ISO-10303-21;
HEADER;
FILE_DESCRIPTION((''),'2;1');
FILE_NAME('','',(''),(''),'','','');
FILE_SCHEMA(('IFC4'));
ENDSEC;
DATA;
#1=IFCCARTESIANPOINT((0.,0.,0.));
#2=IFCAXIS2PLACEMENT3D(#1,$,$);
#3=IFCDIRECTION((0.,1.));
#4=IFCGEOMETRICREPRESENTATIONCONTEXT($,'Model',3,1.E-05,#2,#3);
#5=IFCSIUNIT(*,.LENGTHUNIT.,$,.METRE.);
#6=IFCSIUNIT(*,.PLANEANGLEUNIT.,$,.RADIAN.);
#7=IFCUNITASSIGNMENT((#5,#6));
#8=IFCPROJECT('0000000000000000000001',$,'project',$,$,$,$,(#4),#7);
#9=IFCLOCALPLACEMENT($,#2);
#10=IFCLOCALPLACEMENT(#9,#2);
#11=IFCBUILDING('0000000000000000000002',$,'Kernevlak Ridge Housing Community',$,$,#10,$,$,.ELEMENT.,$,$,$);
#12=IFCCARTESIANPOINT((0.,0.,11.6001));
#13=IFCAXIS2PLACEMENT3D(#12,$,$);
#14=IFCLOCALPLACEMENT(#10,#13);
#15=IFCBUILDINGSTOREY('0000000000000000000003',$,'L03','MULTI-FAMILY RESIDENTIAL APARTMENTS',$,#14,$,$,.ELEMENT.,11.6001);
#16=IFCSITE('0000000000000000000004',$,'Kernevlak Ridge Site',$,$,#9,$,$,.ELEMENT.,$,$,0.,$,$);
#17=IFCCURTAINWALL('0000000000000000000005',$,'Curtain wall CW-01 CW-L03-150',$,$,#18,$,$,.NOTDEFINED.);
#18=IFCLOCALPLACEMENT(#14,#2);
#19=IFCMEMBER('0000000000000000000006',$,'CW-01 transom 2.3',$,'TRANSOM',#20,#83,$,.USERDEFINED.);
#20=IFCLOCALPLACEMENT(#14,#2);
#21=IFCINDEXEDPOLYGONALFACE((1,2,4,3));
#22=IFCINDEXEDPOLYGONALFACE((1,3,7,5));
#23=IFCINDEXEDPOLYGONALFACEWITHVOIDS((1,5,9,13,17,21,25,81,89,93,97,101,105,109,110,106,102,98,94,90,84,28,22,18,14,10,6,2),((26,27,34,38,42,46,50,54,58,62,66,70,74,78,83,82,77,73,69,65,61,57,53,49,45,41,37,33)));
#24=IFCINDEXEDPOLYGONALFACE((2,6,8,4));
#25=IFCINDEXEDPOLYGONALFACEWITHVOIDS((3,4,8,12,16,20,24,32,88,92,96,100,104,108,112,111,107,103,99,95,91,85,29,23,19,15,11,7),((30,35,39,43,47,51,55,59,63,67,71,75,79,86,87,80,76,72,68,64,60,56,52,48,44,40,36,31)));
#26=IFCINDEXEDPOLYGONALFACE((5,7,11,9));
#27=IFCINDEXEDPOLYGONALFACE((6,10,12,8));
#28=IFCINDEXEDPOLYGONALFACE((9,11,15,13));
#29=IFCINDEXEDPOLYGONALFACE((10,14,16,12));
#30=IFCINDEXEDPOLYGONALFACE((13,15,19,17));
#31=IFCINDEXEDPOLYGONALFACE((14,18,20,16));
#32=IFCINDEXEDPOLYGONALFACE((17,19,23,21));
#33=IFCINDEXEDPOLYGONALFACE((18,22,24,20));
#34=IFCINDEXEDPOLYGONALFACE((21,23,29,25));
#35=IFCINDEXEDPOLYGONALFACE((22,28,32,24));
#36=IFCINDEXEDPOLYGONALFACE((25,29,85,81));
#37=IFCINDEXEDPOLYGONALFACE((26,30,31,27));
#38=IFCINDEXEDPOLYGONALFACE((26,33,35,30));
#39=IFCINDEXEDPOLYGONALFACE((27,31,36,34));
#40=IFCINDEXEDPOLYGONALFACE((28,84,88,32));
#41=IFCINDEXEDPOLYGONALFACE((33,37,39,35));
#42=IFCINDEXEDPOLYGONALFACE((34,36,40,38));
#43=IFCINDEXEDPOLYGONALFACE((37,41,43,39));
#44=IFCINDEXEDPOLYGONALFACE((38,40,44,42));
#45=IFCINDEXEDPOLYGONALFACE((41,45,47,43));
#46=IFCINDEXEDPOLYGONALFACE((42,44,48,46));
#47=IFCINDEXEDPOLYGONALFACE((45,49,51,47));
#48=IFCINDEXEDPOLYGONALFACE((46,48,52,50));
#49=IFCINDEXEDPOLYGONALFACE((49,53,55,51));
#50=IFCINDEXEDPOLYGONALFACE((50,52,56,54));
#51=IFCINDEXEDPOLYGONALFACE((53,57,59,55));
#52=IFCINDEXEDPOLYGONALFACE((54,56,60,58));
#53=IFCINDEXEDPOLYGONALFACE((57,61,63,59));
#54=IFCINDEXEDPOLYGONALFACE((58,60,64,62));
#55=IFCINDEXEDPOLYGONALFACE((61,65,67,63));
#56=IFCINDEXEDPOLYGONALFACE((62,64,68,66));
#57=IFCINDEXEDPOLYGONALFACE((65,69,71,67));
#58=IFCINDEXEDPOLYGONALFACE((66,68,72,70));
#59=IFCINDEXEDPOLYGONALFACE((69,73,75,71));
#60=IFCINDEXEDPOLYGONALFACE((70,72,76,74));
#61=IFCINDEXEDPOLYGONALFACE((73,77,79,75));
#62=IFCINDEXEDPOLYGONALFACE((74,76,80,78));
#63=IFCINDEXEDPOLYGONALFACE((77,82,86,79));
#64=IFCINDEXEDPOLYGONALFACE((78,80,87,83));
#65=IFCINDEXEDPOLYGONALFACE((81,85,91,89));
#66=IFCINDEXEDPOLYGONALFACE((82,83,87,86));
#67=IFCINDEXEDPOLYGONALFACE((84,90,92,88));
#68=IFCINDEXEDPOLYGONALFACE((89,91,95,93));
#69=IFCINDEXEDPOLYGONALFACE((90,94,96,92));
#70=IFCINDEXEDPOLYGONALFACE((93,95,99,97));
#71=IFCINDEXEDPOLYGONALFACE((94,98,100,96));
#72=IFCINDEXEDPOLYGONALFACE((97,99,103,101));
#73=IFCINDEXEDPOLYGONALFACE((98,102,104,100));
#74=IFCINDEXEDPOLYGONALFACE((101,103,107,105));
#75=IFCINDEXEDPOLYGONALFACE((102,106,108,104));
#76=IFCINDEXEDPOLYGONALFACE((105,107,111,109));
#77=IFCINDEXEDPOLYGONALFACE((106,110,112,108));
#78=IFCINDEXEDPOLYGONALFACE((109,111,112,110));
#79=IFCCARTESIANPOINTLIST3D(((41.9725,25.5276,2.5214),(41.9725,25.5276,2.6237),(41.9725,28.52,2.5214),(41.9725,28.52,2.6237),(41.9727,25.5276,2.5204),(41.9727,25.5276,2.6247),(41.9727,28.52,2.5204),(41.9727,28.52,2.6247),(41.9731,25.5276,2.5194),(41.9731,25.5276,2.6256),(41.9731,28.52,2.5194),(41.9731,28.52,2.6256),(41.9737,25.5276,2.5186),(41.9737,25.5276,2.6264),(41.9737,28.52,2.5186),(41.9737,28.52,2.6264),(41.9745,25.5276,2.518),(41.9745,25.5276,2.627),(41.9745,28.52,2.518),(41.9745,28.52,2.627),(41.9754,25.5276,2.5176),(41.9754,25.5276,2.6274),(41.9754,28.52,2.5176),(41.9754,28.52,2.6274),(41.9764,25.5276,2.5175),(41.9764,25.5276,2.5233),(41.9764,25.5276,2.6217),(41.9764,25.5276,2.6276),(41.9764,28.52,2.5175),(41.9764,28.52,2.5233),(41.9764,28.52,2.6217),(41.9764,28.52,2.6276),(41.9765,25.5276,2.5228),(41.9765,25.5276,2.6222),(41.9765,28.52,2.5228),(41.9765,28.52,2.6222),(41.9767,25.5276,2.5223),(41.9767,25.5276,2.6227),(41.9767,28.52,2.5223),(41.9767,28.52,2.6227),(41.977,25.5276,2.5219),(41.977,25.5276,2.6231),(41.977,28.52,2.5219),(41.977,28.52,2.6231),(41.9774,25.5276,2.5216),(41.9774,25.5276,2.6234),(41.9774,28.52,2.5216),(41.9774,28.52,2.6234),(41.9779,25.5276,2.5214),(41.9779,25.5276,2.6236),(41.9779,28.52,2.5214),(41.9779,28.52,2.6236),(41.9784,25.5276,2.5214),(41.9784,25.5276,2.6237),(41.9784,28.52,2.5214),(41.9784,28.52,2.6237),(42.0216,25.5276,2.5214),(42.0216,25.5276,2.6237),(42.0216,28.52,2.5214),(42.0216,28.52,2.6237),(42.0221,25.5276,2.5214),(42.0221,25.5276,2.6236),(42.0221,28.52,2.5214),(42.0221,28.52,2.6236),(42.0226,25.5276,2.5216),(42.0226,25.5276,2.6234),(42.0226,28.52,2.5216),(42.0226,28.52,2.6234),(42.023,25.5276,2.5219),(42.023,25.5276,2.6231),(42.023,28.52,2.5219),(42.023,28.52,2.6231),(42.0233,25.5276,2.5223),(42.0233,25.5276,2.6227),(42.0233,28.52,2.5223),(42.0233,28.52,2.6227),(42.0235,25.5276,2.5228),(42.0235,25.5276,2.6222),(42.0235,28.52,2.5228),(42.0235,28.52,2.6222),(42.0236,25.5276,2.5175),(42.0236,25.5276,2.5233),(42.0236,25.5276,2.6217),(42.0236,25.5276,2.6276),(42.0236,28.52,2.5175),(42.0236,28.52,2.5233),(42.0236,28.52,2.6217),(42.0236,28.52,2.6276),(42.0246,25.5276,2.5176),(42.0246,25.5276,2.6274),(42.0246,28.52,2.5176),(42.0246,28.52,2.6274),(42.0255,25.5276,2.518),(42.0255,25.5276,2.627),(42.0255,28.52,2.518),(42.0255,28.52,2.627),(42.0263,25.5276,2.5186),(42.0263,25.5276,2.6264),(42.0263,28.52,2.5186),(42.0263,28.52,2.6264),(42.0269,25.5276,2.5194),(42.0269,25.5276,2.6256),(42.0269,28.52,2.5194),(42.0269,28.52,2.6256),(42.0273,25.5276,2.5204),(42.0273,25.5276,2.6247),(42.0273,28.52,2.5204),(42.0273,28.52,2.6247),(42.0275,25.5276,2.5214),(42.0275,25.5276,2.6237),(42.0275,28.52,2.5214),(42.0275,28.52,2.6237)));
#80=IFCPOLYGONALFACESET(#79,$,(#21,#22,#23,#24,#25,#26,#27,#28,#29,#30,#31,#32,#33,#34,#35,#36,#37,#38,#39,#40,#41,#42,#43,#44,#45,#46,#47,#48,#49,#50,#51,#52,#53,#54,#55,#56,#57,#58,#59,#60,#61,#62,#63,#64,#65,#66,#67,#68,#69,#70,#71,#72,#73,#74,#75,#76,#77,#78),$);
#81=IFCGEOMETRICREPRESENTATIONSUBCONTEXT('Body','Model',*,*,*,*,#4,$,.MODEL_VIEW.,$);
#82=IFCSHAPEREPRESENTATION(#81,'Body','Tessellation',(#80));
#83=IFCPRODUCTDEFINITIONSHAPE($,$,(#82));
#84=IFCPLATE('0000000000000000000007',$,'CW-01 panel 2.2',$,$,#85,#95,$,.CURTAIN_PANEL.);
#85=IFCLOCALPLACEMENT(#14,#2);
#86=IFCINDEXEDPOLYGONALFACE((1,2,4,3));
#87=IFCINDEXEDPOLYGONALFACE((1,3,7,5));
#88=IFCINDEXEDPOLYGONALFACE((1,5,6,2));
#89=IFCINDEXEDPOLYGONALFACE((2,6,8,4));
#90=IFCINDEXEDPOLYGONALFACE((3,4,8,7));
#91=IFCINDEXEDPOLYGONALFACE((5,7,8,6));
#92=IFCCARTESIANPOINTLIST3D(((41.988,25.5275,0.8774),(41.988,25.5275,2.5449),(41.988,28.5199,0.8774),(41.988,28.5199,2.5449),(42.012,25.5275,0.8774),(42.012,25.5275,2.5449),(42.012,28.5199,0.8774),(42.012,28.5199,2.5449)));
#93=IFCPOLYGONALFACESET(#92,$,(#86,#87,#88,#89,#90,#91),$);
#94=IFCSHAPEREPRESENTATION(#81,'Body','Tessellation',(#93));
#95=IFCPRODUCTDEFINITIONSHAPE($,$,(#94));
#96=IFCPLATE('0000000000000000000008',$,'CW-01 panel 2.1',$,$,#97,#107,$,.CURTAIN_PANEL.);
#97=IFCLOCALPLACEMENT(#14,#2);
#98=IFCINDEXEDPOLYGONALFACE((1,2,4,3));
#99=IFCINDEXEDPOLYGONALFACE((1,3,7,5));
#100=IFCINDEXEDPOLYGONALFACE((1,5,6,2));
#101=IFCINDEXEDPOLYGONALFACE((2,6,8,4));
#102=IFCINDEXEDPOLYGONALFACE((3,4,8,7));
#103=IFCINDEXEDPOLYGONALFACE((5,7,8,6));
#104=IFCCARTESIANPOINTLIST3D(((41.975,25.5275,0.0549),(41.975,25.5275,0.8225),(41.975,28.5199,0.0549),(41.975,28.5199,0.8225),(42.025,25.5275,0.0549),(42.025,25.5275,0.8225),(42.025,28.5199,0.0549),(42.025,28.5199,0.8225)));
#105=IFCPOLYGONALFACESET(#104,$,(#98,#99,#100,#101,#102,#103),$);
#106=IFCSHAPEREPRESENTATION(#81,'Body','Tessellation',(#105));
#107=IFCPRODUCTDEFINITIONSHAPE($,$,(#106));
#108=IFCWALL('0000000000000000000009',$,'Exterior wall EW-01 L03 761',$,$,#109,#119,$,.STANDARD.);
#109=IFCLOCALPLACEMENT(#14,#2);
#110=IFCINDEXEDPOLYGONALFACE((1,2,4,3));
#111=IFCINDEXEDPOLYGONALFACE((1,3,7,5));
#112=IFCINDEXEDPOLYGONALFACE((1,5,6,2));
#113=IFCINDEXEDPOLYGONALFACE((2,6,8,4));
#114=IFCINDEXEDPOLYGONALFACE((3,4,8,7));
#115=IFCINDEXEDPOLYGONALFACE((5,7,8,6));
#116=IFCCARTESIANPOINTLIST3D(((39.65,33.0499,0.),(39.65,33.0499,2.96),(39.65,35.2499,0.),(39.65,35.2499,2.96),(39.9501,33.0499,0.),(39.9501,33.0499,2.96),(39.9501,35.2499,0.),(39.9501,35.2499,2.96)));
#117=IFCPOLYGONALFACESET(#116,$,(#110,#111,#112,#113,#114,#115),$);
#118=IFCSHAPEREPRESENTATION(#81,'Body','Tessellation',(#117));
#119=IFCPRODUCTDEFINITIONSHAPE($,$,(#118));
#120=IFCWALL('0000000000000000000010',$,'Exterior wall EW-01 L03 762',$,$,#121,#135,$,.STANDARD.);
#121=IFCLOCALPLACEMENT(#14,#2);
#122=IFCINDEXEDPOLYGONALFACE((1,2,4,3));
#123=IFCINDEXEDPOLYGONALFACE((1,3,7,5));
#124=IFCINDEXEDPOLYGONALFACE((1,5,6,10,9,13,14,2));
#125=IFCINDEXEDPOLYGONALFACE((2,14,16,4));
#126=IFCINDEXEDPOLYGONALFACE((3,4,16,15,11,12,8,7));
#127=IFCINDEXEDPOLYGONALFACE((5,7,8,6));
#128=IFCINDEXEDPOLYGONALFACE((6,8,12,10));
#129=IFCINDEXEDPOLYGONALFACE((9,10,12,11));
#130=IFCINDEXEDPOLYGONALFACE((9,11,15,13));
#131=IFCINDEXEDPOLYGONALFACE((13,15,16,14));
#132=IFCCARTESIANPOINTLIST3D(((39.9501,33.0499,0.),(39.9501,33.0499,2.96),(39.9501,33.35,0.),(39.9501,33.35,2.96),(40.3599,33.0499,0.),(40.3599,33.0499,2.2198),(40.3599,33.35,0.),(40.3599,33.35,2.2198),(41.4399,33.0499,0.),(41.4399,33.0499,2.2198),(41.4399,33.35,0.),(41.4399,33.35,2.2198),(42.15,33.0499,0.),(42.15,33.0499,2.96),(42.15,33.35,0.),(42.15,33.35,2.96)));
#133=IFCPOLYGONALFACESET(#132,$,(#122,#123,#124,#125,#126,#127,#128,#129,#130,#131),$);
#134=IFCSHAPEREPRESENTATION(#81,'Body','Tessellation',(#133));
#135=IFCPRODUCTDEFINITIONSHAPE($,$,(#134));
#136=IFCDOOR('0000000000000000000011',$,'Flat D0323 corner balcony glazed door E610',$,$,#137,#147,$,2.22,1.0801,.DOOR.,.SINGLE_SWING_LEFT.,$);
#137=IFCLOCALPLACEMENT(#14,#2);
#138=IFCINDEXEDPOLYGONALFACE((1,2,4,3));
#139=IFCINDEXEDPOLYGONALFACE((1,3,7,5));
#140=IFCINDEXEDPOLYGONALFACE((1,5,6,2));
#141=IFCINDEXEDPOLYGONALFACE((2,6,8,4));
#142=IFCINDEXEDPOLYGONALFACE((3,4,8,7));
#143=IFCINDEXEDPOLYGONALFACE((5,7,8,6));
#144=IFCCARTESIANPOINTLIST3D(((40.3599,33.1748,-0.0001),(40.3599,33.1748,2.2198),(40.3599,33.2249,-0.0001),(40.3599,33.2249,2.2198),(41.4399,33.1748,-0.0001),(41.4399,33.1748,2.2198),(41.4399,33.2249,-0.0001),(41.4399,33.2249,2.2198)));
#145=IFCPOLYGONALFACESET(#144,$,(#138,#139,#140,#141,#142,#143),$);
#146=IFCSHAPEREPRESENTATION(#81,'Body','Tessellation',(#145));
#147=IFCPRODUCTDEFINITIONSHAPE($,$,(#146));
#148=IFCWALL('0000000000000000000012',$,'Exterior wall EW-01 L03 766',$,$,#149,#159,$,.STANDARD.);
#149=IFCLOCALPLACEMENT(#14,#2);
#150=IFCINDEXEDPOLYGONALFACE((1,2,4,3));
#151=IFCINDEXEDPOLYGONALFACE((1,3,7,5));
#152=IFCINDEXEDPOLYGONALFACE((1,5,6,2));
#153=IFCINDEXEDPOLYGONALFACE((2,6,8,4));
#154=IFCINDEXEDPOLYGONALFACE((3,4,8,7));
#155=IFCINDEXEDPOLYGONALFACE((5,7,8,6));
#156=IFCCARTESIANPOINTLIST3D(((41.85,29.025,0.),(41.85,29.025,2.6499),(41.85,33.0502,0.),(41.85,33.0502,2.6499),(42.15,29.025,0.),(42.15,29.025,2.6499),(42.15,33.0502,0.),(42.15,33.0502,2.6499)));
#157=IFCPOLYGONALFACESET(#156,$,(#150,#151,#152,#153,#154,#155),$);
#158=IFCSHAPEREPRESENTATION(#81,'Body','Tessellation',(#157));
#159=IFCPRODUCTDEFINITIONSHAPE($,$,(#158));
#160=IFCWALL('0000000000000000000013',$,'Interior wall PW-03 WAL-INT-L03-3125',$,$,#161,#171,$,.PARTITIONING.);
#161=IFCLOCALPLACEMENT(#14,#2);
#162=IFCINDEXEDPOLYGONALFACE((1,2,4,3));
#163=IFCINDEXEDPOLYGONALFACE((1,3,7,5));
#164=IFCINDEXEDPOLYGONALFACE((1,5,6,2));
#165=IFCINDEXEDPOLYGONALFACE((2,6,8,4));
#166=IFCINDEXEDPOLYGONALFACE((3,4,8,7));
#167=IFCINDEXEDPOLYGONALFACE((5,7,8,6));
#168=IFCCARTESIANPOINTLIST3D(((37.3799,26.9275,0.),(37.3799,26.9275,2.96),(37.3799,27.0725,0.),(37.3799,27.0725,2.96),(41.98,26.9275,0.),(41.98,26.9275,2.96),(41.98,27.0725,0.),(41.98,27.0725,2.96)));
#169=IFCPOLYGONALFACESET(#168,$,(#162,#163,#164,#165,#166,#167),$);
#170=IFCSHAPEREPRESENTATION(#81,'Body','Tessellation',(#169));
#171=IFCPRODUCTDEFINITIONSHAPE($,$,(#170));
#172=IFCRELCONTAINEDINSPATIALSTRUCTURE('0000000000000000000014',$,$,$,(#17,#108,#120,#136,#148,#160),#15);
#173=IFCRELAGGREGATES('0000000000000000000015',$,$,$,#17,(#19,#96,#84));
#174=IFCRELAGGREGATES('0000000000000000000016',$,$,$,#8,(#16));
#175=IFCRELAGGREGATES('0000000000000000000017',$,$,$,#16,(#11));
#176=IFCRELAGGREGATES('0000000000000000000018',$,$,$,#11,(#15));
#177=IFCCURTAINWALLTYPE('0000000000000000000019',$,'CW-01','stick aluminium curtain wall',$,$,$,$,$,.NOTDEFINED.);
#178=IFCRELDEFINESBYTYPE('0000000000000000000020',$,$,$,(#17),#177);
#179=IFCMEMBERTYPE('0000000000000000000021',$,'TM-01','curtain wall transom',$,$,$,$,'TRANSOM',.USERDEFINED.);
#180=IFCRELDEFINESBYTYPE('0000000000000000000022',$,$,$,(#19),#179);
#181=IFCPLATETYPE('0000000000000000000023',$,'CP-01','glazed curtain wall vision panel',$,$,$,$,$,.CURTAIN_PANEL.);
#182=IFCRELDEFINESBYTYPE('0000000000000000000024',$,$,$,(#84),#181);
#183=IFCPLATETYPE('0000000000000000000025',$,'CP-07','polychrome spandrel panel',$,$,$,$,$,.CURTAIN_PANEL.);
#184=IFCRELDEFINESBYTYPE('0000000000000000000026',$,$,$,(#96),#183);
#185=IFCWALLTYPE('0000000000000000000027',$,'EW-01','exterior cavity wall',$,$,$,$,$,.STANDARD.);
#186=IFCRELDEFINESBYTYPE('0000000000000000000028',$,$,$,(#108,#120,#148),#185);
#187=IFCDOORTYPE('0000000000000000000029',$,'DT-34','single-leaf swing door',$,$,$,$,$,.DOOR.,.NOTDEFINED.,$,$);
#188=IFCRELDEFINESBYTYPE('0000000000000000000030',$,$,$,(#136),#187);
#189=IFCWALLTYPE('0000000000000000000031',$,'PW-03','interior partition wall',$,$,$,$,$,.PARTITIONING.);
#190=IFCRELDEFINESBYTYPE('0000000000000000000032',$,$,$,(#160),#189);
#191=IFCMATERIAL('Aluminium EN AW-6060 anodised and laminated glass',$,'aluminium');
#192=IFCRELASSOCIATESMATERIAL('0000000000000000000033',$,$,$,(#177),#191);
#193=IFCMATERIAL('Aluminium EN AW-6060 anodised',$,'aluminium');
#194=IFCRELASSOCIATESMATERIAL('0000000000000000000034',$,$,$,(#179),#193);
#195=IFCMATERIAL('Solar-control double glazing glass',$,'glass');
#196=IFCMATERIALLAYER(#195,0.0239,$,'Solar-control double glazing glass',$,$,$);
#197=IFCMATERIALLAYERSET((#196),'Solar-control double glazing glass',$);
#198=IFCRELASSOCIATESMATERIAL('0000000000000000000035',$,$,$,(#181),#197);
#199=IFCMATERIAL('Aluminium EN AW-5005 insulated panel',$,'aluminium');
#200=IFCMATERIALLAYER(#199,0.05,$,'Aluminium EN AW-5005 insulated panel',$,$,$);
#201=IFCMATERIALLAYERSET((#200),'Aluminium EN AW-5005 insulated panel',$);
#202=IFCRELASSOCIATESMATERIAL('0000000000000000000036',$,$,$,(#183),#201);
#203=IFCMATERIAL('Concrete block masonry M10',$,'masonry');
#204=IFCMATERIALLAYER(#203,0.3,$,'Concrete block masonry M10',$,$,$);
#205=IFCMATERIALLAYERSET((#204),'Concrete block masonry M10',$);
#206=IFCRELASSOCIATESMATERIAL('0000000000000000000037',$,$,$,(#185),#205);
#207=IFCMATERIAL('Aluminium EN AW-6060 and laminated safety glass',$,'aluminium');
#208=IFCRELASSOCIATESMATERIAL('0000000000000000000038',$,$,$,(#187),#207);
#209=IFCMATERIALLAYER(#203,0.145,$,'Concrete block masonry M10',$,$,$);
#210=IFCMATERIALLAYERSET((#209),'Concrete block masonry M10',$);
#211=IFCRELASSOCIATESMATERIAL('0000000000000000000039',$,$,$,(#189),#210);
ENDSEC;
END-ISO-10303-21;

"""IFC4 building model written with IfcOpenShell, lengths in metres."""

from ifc_helpers import new_model, si_unit, direction, frame, frame_2d, origin, origin_2d, place, context, subcontext, project, spatial, rectangle, hollow_rectangle, extrude, material, layer, layer_set, material_profile, profile_set, type_object, element, fill, aggregate, save


model = new_model("IFC4")

# Units and contexts
model_context = context("Model", 3, precision=1e-05, world=origin(), true_north=direction((0.0, 1.0)))
body_context = subcontext(model_context, "Body", "Model", "MODEL_VIEW")
ifc_project = project(units=[si_unit("LENGTHUNIT", "METRE"), si_unit("PLANEANGLEUNIT", "RADIAN")], contexts=[model_context])

# Site, building, storey
site_placement = place(None, origin())
site = spatial("IfcSite", under=ifc_project, at=site_placement, Name="Kernevlak Ridge Site", CompositionType="ELEMENT", RefElevation=0.0)
building_placement = place(site_placement, origin())
building = spatial("IfcBuilding", under=site, at=building_placement, Name="Kernevlak Ridge Housing Community", CompositionType="ELEMENT")
storey_placement = place(building_placement, frame((0.0, 0.0, 11.6001)))
storey = spatial("IfcBuildingStorey", under=building, at=storey_placement, Name="L03", Description="MULTI-FAMILY RESIDENTIAL APARTMENTS", CompositionType="ELEMENT", Elevation=11.6001)

# Curtain wall
ifc_material_1 = material(Name="Aluminium EN AW-6060 anodised and laminated glass", Category="aluminium")
curtain_wall_type = type_object("IfcCurtainWallType", Name="CW-01", Description="stick aluminium curtain wall", PredefinedType="NOTDEFINED", material=ifc_material_1)
curtain_wall_placement = place(storey_placement, origin())
curtain_wall = element("IfcCurtainWall", 1, at=curtain_wall_placement, inside=storey, type_object=curtain_wall_type, Name="Curtain wall CW-01 CW-L03-150", PredefinedType="NOTDEFINED")
ifc_material_2 = material(Name="Aluminium EN AW-6060 anodised", Category="aluminium")

# Member
ifc_material_profile_1 = material_profile(ifc_material_2, hollow_rectangle(XDim=0.0549, YDim=0.1101, WallThickness=0.0039, InnerFilletRadius=0.002, OuterFilletRadius=0.0039, at=origin_2d()), Name="ALU 55x110x4")
ifc_profile_set_1 = profile_set([ifc_material_profile_1], Name="Aluminium EN AW-6060 anodised")
member_type_1 = type_object("IfcMemberType", Name="TM-01", Description="curtain wall transom", ElementType="TRANSOM", PredefinedType="USERDEFINED", material=ifc_profile_set_1)
member_1_placement = place(storey_placement, frame((42.0, 25.5276, 2.5725), z_axis=(0.0, 1.0, 0.0), x_axis=(-1.0, 0.0, 0.0)))
member_1 = element("IfcMember", 2, at=member_1_placement, type_object=member_type_1, Name="CW-01 transom 2.3", ObjectType="TRANSOM", PredefinedType="USERDEFINED", context=body_context, shape_type="SweptSolid", body=[
    extrude(hollow_rectangle(XDim=0.0549, YDim=0.1101, WallThickness=0.0039, InnerFilletRadius=0.002, OuterFilletRadius=0.0039, at=origin_2d()), origin(), (0.0, 0.0, 1.0), 2.9924),
])

# Plates
ifc_material_3 = material(Name="Solar-control double glazing glass", Category="glass")
ifc_layer_1 = layer(ifc_material_3, 0.0239, Name="Solar-control double glazing glass")
ifc_layer_set_1 = layer_set([ifc_layer_1], Name="Solar-control double glazing glass")
plate_type_1 = type_object("IfcPlateType", Name="CP-01", Description="glazed curtain wall vision panel", PredefinedType="CURTAIN_PANEL", material=ifc_layer_set_1)
plate_1_placement = place(storey_placement, frame((42.0, 27.0237, 0.8774), z_axis=(0.0, 0.0, 1.0), x_axis=(0.0, 1.0, 0.0)))
plate_1 = element("IfcPlate", 3, at=plate_1_placement, type_object=plate_type_1, Name="CW-01 panel 2.2", PredefinedType="CURTAIN_PANEL", context=body_context, shape_type="SweptSolid", body=[
    extrude(rectangle(XDim=2.9924, YDim=0.0239, at=origin_2d()), origin(), (0.0, 0.0, 1.0), 1.6675),
])
ifc_material_4 = material(Name="Aluminium EN AW-5005 insulated panel", Category="aluminium")
ifc_layer_2 = layer(ifc_material_4, 0.05, Name="Aluminium EN AW-5005 insulated panel")
ifc_layer_set_2 = layer_set([ifc_layer_2], Name="Aluminium EN AW-5005 insulated panel")
plate_type_2 = type_object("IfcPlateType", Name="CP-07", Description="polychrome spandrel panel", PredefinedType="CURTAIN_PANEL", material=ifc_layer_set_2)
plate_2_placement = place(storey_placement, frame((42.0, 27.0237, 0.0549), z_axis=(0.0, 0.0, 1.0), x_axis=(0.0, 1.0, 0.0)))
plate_2 = element("IfcPlate", 4, at=plate_2_placement, type_object=plate_type_2, Name="CW-01 panel 2.1", PredefinedType="CURTAIN_PANEL", context=body_context, shape_type="SweptSolid", body=[
    extrude(rectangle(XDim=2.9924, YDim=0.05, at=origin_2d()), origin(), (0.0, 0.0, 1.0), 0.7676),
])
aggregate(curtain_wall, [member_1, plate_2, plate_1])

# Wall
ifc_material_5 = material(Name="Concrete block masonry M10", Category="masonry")
ifc_layer_3 = layer(ifc_material_5, 0.3, Name="Concrete block masonry M10")
ifc_layer_set_3 = layer_set([ifc_layer_3], Name="Concrete block masonry M10")
wall_type_1 = type_object("IfcWallType", Name="EW-01", Description="exterior cavity wall", PredefinedType="STANDARD", material=ifc_layer_set_3)
wall_1_placement = place(storey_placement, frame((39.8, 35.25, 0.0), z_axis=(0.0, 0.0, 1.0), x_axis=(0.0, -1.0, 0.0)))
element("IfcWall", 5, at=wall_1_placement, inside=storey, type_object=wall_type_1, Name="Exterior wall EW-01 L03 761", PredefinedType="STANDARD", context=body_context, shape_type="SweptSolid", body=[
    extrude(rectangle(XDim=2.2, YDim=0.3, at=frame_2d((1.1001, 0.0))), origin(), (0.0, 0.0, 1.0), 2.96),
])

# Wall, opening, door
wall_2_placement = place(storey_placement, frame((39.95, 33.2, 0.0), z_axis=(0.0, 0.0, 1.0), x_axis=(1.0, 0.0, 0.0)))
wall_2 = element("IfcWall", 6, at=wall_2_placement, inside=storey, type_object=wall_type_1, Name="Exterior wall EW-01 L03 762", PredefinedType="STANDARD", context=body_context, shape_type="SweptSolid", body=[
    extrude(rectangle(XDim=2.2, YDim=0.3, at=frame_2d((1.1001, 0.0))), origin(), (0.0, 0.0, 1.0), 2.96),
])
opening_1_placement = place(wall_2_placement, frame((0.4099, 0.0, 0.0)))
opening_1 = element("IfcOpeningElement", 7, at=opening_1_placement, cuts=wall_2, PredefinedType="OPENING", context=body_context, shape_type="SweptSolid", body=[
    extrude(rectangle(XDim=1.0801, YDim=2.22, at=frame_2d((0.54, 1.1099))), frame((0.0, 0.1599, 0.0), z_axis=(0.0, -1.0, 0.0), x_axis=(1.0, 0.0, 0.0)), (0.0, 0.0, 1.0), 0.3201),
])
ifc_material_6 = material(Name="Aluminium EN AW-6060 and laminated safety glass", Category="aluminium")
door_type_1 = type_object("IfcDoorType", Name="DT-34", Description="single-leaf swing door", OperationType="NOTDEFINED", PredefinedType="DOOR", material=ifc_material_6)
door_1_placement = place(opening_1_placement, origin())
door_1 = element("IfcDoor", 8, at=door_1_placement, inside=storey, type_object=door_type_1, Name="Flat D0323 corner balcony glazed door E610", OperationType="SINGLE_SWING_LEFT", OverallHeight=2.22, OverallWidth=1.0801, PredefinedType="DOOR", context=body_context, shape_type="SweptSolid", body=[
    extrude(rectangle(XDim=1.0801, YDim=2.22, at=frame_2d((0.54, 1.1099))), frame((0.0, 0.0249, 0.0), z_axis=(0.0, -1.0, 0.0), x_axis=(1.0, 0.0, 0.0)), (0.0, 0.0, 1.0), 0.05),
])
fill(opening_1, door_1)

# Walls
wall_3_placement = place(storey_placement, frame((42.0, 29.0249, 0.0), z_axis=(0.0, 0.0, 1.0), x_axis=(0.0, 1.0, 0.0)))
element("IfcWall", 9, at=wall_3_placement, inside=storey, type_object=wall_type_1, Name="Exterior wall EW-01 L03 766", PredefinedType="STANDARD", context=body_context, shape_type="SweptSolid", body=[
    extrude(rectangle(XDim=4.0251, YDim=0.3, at=frame_2d((2.0127, 0.0))), origin(), (0.0, 0.0, 1.0), 2.6499),
])
ifc_layer_4 = layer(ifc_material_5, 0.145, Name="Concrete block masonry M10")
ifc_layer_set_4 = layer_set([ifc_layer_4], Name="Concrete block masonry M10")
wall_type_2 = type_object("IfcWallType", Name="PW-03", Description="interior partition wall", PredefinedType="PARTITIONING", material=ifc_layer_set_4)
wall_4_placement = place(storey_placement, frame((37.3799, 27.0, 0.0), z_axis=(0.0, 0.0, 1.0), x_axis=(1.0, 0.0, 0.0)))
element("IfcWall", 10, at=wall_4_placement, inside=storey, type_object=wall_type_2, Name="Interior wall PW-03 WAL-INT-L03-3125", PredefinedType="PARTITIONING", context=body_context, shape_type="SweptSolid", body=[
    extrude(rectangle(XDim=4.6001, YDim=0.145, at=frame_2d((2.3, 0.0))), origin(), (0.0, 0.0, 1.0), 2.96),
])

save(model, "model.ifc")
